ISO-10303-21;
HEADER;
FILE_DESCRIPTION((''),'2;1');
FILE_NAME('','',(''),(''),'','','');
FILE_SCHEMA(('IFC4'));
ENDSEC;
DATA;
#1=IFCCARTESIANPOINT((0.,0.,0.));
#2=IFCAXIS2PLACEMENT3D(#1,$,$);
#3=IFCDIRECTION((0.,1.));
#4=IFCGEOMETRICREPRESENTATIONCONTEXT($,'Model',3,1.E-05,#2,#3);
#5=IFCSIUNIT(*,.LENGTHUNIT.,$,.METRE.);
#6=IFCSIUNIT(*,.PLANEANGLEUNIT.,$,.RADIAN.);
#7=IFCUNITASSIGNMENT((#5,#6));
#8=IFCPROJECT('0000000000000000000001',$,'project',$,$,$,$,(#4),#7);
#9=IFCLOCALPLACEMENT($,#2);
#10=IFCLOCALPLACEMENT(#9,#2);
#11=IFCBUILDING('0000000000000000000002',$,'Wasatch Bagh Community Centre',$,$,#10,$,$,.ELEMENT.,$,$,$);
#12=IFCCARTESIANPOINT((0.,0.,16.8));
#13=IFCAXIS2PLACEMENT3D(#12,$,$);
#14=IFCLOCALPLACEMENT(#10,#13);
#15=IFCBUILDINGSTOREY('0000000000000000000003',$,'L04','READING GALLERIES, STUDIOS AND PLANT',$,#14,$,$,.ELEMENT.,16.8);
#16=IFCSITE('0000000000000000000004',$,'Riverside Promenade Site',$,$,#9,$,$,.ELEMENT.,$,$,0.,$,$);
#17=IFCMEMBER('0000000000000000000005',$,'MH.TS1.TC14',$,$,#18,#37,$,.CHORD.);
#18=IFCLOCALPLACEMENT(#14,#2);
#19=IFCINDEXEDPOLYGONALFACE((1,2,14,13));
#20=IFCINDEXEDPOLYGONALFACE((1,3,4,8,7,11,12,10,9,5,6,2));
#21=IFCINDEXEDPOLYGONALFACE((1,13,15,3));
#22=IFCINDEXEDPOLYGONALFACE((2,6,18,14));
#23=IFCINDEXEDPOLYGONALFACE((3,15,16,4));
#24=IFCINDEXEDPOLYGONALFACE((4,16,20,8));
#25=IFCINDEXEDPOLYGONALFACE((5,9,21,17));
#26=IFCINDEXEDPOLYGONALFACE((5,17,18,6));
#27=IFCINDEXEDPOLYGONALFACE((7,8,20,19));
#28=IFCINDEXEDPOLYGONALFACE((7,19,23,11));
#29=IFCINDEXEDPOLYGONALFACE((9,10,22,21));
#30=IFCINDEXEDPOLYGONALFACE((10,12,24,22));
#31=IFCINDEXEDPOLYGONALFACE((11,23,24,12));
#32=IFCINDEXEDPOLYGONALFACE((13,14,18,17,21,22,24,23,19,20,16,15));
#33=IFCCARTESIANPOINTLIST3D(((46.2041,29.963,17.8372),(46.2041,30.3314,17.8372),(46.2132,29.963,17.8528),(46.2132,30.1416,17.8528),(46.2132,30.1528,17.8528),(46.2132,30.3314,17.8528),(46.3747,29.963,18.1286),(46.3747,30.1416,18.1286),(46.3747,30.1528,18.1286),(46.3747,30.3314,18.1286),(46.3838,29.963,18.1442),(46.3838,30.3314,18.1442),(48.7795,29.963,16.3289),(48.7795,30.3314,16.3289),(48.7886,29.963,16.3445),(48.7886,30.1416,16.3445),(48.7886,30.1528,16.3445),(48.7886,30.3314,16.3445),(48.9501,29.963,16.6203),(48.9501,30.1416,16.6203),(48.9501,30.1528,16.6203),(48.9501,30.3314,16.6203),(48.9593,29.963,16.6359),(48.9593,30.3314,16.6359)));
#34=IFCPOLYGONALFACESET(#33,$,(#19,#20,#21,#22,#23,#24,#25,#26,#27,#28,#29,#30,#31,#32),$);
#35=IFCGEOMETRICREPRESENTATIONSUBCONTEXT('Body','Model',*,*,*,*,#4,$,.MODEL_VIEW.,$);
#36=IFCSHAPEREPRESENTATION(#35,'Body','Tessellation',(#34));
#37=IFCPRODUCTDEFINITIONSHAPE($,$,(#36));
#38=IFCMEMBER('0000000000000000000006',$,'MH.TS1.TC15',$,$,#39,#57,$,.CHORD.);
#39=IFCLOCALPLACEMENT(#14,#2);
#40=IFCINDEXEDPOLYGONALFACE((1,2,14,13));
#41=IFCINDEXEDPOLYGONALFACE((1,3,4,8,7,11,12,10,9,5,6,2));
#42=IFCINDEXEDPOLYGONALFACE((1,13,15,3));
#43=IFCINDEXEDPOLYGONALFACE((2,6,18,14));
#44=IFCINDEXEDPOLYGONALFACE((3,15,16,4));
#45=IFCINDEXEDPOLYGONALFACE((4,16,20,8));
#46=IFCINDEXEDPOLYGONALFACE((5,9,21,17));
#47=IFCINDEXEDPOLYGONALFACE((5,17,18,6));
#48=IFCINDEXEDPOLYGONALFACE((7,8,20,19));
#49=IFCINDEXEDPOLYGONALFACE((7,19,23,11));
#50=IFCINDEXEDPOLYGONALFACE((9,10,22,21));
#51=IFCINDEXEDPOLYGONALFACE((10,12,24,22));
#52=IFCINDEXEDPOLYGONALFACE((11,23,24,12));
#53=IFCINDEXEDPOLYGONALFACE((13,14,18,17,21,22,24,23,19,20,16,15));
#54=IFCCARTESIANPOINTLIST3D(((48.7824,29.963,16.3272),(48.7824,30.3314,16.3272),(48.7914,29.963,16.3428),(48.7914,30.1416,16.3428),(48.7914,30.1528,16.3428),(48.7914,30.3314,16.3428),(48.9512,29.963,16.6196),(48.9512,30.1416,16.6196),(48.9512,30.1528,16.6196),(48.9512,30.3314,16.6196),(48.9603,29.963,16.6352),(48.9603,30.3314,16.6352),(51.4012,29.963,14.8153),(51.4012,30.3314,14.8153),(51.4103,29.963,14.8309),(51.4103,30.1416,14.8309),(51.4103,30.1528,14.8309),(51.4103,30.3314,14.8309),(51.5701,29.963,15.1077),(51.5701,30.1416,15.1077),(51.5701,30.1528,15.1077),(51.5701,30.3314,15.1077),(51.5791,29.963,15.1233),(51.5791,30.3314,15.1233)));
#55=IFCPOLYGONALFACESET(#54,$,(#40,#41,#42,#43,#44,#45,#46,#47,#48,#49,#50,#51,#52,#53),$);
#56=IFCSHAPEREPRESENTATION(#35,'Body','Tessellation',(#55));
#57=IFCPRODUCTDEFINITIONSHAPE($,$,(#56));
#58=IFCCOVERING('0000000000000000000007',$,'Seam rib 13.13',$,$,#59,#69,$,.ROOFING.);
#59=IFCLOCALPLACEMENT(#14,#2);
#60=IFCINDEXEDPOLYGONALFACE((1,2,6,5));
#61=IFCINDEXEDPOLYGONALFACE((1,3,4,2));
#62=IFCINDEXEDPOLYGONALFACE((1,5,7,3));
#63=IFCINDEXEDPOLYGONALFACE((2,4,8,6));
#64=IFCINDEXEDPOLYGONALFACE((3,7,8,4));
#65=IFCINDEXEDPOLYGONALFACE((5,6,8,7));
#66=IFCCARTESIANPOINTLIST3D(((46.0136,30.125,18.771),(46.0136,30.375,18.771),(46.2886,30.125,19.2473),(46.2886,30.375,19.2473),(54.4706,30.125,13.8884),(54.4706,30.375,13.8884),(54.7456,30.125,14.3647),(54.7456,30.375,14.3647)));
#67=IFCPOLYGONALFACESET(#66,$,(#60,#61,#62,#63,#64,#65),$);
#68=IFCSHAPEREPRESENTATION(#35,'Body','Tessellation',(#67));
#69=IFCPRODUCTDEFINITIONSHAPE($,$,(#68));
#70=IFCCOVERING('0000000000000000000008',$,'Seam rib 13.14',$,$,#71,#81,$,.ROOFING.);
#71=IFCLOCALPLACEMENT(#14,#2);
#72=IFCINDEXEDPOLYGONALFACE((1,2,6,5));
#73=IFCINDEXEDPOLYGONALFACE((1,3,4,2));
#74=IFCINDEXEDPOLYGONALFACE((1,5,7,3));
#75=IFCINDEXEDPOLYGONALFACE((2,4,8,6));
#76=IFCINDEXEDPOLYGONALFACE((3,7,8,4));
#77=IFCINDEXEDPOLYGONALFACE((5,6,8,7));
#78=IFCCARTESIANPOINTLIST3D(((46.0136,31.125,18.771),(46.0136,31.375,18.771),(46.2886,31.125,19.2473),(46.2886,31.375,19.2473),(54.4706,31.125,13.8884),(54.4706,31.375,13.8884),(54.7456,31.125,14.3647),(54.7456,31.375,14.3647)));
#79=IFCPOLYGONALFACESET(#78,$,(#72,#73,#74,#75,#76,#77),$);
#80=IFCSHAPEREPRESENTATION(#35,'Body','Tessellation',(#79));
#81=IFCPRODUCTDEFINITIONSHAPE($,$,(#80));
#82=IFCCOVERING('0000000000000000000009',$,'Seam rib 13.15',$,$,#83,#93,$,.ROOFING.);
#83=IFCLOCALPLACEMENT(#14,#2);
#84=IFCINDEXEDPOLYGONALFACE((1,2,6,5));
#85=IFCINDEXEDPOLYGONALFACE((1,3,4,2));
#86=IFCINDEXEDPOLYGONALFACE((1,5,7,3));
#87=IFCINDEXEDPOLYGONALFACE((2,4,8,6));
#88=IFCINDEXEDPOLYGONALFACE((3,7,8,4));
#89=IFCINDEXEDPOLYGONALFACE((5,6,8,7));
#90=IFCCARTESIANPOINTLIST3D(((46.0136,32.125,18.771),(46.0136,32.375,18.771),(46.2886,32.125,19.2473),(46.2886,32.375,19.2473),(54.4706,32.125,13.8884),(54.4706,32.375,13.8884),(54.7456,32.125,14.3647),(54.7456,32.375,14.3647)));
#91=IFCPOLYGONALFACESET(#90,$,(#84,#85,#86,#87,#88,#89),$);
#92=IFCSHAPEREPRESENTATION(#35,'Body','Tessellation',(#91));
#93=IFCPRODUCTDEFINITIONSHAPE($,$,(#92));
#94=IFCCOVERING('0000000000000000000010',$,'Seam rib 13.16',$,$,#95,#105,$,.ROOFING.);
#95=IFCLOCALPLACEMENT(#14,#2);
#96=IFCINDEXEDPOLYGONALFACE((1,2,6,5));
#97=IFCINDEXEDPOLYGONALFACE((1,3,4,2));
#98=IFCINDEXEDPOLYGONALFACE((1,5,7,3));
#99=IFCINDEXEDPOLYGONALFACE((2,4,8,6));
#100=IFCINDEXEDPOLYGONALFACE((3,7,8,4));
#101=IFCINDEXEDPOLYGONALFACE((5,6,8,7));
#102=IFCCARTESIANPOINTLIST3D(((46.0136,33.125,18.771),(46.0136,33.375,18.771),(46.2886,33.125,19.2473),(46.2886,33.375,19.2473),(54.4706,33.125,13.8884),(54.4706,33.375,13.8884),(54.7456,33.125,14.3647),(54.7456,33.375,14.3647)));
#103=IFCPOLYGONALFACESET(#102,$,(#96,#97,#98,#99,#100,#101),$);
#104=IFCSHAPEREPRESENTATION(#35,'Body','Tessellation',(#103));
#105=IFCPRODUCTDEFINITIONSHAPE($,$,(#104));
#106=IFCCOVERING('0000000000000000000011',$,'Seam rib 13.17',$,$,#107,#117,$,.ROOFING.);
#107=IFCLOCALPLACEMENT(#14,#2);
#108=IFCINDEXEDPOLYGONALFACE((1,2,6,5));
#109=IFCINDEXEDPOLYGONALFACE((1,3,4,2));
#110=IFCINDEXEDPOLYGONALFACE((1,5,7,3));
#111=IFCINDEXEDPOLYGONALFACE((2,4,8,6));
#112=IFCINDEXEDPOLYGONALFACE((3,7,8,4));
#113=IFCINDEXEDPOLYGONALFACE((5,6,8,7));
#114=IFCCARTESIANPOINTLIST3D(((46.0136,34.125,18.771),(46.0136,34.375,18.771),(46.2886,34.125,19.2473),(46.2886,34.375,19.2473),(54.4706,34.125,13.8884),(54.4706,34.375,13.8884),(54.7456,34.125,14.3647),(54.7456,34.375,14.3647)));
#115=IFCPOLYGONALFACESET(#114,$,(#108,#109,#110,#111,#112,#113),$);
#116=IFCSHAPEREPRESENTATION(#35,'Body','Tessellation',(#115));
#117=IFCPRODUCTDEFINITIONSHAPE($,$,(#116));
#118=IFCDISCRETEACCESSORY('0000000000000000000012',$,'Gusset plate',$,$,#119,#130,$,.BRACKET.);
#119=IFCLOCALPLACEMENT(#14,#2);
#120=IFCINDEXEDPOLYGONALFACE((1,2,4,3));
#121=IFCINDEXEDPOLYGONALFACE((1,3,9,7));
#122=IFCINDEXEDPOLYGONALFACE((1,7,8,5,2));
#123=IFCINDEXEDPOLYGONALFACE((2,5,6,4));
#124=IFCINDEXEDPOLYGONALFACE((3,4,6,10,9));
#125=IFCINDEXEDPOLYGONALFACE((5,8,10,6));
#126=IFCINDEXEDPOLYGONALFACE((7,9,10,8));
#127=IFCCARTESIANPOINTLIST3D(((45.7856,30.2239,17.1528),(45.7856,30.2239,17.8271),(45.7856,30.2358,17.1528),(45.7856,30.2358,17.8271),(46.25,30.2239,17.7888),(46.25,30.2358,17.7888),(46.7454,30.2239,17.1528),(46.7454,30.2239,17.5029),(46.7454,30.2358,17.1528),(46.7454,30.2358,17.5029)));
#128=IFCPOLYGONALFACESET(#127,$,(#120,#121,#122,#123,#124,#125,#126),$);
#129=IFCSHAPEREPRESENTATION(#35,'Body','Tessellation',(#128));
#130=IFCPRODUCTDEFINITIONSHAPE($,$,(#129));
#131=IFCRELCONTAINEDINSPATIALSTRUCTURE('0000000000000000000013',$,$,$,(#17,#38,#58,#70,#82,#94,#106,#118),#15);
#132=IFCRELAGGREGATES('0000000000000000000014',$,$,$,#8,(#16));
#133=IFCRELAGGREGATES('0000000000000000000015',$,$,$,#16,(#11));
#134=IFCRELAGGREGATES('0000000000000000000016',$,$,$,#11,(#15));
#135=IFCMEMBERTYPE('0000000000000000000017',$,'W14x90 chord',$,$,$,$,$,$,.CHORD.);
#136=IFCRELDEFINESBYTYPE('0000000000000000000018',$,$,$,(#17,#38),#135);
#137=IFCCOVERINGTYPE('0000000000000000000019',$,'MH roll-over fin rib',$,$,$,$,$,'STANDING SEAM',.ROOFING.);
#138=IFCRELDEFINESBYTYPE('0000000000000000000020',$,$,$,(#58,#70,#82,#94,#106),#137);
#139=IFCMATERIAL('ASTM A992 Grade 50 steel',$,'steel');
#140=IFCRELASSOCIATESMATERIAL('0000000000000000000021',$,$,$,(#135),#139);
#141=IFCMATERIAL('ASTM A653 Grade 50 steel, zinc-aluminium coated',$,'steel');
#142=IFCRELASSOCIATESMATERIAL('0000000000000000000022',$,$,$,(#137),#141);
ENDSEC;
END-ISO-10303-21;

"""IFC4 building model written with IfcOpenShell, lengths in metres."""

from ifc_helpers import new_model, si_unit, direction, frame, origin, origin_2d, place, context, subcontext, project, spatial, polyline, i_section, outline, extrude, material, material_profile, profile_set, type_object, element, save


model = new_model("IFC4")

# Units and contexts
model_context = context("Model", 3, precision=1e-05, world=origin(), true_north=direction((0.0, 1.0)))
body_context = subcontext(model_context, "Body", "Model", "MODEL_VIEW")
ifc_project = project(units=[si_unit("LENGTHUNIT", "METRE"), si_unit("PLANEANGLEUNIT", "RADIAN")], contexts=[model_context])

# Site, building, storey
site_placement = place(None, origin())
site = spatial("IfcSite", under=ifc_project, at=site_placement, Name="Riverside Promenade Site", CompositionType="ELEMENT", RefElevation=0.0)
building_placement = place(site_placement, origin())
building = spatial("IfcBuilding", under=site, at=building_placement, Name="Wasatch Bagh Community Centre", CompositionType="ELEMENT")
storey_placement = place(building_placement, frame((0.0, 0.0, 16.8)))
storey = spatial("IfcBuildingStorey", under=building, at=storey_placement, Name="L04", Description="READING GALLERIES, STUDIOS AND PLANT", CompositionType="ELEMENT", Elevation=16.8)

# Members
ifc_material_1 = material(Name="ASTM A992 Grade 50 steel", Category="steel")
ifc_material_profile_1 = material_profile(ifc_material_1, i_section(OverallWidth=0.3684, OverallDepth=0.3557, WebThickness=0.0112, FlangeThickness=0.0181, at=origin_2d()), Name="W14x90")
ifc_profile_set_1 = profile_set([ifc_material_profile_1], Name="ASTM A992 Grade 50 steel")
member_type_1 = type_object("IfcMemberType", Name="W14x90 chord", PredefinedType="CHORD", material=ifc_profile_set_1)
member_1_placement = place(storey_placement, frame((46.2939, 30.1472, 17.9907), z_axis=(0.862908, 0.0, -0.50536), x_axis=(0.0, 1.0, 0.0)))
element("IfcMember", 1, at=member_1_placement, inside=storey, type_object=member_type_1, Name="MH.TS1.TC14", PredefinedType="CHORD", context=body_context, shape_type="SweptSolid", body=[
    extrude(i_section(OverallWidth=0.3684, OverallDepth=0.3557, WebThickness=0.0112, FlangeThickness=0.0181, at=origin_2d()), origin(), (0.0, 0.0, 1.0), 2.9846),
])
member_2_placement = place(storey_placement, frame((48.8713, 30.1472, 16.4812), z_axis=(0.866034, 0.0, -0.499986), x_axis=(0.0, 1.0, 0.0)))
element("IfcMember", 2, at=member_2_placement, inside=storey, type_object=member_type_1, Name="MH.TS1.TC15", PredefinedType="CHORD", context=body_context, shape_type="SweptSolid", body=[
    extrude(i_section(OverallWidth=0.3684, OverallDepth=0.3557, WebThickness=0.0112, FlangeThickness=0.0181, at=origin_2d()), origin(), (0.0, 0.0, 1.0), 3.0239),
])

# Coverings
ifc_material_2 = material(Name="ASTM A653 Grade 50 steel, zinc-aluminium coated", Category="steel")
covering_type = type_object("IfcCoveringType", Name="MH roll-over fin rib", ElementType="STANDING SEAM", PredefinedType="ROOFING", material=ifc_material_2)
for number, where, z_axis, x_axis, name in (
    (3, (46.2886, 30.125, 19.2473), (0.499992, 0.0, 0.86603), (0.86603, 0.0, -0.499992), "Seam rib 13.13"),
    (4, (46.2886, 31.125, 19.2473), (0.499992, 0.0, 0.86603), (0.86603, 0.0, -0.499992), "Seam rib 13.14"),
    (5, (46.2886, 32.125, 19.2473), (0.499992, 0.0, 0.86603), (0.86603, 0.0, -0.499992), "Seam rib 13.15"),
    (6, (46.2886, 33.125, 19.2473), (0.499992, 0.0, 0.86603), (0.86603, 0.0, -0.499992), "Seam rib 13.16"),
    (7, (46.2886, 34.125, 19.2473), (0.499992, 0.0, 0.86603), (0.86603, 0.0, -0.499992), "Seam rib 13.17"),
):
    element("IfcCovering", number, at=place(storey_placement, frame(where, z_axis=z_axis, x_axis=x_axis)), inside=storey, type_object=covering_type, Name=name, PredefinedType="ROOFING", context=body_context, shape_type="SweptSolid", body=[
        extrude(outline(polyline([(0.0, 0.0), (9.7653, 0.0), (9.7653, 0.25), (0.0, 0.25), (0.0, 0.0)])), origin(), (0.0, 0.0, -1.0), 0.55),
    ])

# Discrete accessory
discrete_accessory_placement = place(storey_placement, frame((45.7856, 30.2358, 17.8271), z_axis=(0.0, 1.0, 0.0), x_axis=(0.99661, 0.0, -0.082265)))
element("IfcDiscreteAccessory", 8, at=discrete_accessory_placement, inside=storey, Name="Gusset plate", PredefinedType="BRACKET", context=body_context, shape_type="SweptSolid", body=[
    extrude(outline(polyline([(0.0, 0.0), (0.4659, 0.0), (0.9831, 0.2442), (1.0119, 0.5931), (0.0555, 0.672), (0.0, 0.0)])), origin(), (0.0, 0.0, -1.0), 0.012),
])

save(model, "model.ifc")
